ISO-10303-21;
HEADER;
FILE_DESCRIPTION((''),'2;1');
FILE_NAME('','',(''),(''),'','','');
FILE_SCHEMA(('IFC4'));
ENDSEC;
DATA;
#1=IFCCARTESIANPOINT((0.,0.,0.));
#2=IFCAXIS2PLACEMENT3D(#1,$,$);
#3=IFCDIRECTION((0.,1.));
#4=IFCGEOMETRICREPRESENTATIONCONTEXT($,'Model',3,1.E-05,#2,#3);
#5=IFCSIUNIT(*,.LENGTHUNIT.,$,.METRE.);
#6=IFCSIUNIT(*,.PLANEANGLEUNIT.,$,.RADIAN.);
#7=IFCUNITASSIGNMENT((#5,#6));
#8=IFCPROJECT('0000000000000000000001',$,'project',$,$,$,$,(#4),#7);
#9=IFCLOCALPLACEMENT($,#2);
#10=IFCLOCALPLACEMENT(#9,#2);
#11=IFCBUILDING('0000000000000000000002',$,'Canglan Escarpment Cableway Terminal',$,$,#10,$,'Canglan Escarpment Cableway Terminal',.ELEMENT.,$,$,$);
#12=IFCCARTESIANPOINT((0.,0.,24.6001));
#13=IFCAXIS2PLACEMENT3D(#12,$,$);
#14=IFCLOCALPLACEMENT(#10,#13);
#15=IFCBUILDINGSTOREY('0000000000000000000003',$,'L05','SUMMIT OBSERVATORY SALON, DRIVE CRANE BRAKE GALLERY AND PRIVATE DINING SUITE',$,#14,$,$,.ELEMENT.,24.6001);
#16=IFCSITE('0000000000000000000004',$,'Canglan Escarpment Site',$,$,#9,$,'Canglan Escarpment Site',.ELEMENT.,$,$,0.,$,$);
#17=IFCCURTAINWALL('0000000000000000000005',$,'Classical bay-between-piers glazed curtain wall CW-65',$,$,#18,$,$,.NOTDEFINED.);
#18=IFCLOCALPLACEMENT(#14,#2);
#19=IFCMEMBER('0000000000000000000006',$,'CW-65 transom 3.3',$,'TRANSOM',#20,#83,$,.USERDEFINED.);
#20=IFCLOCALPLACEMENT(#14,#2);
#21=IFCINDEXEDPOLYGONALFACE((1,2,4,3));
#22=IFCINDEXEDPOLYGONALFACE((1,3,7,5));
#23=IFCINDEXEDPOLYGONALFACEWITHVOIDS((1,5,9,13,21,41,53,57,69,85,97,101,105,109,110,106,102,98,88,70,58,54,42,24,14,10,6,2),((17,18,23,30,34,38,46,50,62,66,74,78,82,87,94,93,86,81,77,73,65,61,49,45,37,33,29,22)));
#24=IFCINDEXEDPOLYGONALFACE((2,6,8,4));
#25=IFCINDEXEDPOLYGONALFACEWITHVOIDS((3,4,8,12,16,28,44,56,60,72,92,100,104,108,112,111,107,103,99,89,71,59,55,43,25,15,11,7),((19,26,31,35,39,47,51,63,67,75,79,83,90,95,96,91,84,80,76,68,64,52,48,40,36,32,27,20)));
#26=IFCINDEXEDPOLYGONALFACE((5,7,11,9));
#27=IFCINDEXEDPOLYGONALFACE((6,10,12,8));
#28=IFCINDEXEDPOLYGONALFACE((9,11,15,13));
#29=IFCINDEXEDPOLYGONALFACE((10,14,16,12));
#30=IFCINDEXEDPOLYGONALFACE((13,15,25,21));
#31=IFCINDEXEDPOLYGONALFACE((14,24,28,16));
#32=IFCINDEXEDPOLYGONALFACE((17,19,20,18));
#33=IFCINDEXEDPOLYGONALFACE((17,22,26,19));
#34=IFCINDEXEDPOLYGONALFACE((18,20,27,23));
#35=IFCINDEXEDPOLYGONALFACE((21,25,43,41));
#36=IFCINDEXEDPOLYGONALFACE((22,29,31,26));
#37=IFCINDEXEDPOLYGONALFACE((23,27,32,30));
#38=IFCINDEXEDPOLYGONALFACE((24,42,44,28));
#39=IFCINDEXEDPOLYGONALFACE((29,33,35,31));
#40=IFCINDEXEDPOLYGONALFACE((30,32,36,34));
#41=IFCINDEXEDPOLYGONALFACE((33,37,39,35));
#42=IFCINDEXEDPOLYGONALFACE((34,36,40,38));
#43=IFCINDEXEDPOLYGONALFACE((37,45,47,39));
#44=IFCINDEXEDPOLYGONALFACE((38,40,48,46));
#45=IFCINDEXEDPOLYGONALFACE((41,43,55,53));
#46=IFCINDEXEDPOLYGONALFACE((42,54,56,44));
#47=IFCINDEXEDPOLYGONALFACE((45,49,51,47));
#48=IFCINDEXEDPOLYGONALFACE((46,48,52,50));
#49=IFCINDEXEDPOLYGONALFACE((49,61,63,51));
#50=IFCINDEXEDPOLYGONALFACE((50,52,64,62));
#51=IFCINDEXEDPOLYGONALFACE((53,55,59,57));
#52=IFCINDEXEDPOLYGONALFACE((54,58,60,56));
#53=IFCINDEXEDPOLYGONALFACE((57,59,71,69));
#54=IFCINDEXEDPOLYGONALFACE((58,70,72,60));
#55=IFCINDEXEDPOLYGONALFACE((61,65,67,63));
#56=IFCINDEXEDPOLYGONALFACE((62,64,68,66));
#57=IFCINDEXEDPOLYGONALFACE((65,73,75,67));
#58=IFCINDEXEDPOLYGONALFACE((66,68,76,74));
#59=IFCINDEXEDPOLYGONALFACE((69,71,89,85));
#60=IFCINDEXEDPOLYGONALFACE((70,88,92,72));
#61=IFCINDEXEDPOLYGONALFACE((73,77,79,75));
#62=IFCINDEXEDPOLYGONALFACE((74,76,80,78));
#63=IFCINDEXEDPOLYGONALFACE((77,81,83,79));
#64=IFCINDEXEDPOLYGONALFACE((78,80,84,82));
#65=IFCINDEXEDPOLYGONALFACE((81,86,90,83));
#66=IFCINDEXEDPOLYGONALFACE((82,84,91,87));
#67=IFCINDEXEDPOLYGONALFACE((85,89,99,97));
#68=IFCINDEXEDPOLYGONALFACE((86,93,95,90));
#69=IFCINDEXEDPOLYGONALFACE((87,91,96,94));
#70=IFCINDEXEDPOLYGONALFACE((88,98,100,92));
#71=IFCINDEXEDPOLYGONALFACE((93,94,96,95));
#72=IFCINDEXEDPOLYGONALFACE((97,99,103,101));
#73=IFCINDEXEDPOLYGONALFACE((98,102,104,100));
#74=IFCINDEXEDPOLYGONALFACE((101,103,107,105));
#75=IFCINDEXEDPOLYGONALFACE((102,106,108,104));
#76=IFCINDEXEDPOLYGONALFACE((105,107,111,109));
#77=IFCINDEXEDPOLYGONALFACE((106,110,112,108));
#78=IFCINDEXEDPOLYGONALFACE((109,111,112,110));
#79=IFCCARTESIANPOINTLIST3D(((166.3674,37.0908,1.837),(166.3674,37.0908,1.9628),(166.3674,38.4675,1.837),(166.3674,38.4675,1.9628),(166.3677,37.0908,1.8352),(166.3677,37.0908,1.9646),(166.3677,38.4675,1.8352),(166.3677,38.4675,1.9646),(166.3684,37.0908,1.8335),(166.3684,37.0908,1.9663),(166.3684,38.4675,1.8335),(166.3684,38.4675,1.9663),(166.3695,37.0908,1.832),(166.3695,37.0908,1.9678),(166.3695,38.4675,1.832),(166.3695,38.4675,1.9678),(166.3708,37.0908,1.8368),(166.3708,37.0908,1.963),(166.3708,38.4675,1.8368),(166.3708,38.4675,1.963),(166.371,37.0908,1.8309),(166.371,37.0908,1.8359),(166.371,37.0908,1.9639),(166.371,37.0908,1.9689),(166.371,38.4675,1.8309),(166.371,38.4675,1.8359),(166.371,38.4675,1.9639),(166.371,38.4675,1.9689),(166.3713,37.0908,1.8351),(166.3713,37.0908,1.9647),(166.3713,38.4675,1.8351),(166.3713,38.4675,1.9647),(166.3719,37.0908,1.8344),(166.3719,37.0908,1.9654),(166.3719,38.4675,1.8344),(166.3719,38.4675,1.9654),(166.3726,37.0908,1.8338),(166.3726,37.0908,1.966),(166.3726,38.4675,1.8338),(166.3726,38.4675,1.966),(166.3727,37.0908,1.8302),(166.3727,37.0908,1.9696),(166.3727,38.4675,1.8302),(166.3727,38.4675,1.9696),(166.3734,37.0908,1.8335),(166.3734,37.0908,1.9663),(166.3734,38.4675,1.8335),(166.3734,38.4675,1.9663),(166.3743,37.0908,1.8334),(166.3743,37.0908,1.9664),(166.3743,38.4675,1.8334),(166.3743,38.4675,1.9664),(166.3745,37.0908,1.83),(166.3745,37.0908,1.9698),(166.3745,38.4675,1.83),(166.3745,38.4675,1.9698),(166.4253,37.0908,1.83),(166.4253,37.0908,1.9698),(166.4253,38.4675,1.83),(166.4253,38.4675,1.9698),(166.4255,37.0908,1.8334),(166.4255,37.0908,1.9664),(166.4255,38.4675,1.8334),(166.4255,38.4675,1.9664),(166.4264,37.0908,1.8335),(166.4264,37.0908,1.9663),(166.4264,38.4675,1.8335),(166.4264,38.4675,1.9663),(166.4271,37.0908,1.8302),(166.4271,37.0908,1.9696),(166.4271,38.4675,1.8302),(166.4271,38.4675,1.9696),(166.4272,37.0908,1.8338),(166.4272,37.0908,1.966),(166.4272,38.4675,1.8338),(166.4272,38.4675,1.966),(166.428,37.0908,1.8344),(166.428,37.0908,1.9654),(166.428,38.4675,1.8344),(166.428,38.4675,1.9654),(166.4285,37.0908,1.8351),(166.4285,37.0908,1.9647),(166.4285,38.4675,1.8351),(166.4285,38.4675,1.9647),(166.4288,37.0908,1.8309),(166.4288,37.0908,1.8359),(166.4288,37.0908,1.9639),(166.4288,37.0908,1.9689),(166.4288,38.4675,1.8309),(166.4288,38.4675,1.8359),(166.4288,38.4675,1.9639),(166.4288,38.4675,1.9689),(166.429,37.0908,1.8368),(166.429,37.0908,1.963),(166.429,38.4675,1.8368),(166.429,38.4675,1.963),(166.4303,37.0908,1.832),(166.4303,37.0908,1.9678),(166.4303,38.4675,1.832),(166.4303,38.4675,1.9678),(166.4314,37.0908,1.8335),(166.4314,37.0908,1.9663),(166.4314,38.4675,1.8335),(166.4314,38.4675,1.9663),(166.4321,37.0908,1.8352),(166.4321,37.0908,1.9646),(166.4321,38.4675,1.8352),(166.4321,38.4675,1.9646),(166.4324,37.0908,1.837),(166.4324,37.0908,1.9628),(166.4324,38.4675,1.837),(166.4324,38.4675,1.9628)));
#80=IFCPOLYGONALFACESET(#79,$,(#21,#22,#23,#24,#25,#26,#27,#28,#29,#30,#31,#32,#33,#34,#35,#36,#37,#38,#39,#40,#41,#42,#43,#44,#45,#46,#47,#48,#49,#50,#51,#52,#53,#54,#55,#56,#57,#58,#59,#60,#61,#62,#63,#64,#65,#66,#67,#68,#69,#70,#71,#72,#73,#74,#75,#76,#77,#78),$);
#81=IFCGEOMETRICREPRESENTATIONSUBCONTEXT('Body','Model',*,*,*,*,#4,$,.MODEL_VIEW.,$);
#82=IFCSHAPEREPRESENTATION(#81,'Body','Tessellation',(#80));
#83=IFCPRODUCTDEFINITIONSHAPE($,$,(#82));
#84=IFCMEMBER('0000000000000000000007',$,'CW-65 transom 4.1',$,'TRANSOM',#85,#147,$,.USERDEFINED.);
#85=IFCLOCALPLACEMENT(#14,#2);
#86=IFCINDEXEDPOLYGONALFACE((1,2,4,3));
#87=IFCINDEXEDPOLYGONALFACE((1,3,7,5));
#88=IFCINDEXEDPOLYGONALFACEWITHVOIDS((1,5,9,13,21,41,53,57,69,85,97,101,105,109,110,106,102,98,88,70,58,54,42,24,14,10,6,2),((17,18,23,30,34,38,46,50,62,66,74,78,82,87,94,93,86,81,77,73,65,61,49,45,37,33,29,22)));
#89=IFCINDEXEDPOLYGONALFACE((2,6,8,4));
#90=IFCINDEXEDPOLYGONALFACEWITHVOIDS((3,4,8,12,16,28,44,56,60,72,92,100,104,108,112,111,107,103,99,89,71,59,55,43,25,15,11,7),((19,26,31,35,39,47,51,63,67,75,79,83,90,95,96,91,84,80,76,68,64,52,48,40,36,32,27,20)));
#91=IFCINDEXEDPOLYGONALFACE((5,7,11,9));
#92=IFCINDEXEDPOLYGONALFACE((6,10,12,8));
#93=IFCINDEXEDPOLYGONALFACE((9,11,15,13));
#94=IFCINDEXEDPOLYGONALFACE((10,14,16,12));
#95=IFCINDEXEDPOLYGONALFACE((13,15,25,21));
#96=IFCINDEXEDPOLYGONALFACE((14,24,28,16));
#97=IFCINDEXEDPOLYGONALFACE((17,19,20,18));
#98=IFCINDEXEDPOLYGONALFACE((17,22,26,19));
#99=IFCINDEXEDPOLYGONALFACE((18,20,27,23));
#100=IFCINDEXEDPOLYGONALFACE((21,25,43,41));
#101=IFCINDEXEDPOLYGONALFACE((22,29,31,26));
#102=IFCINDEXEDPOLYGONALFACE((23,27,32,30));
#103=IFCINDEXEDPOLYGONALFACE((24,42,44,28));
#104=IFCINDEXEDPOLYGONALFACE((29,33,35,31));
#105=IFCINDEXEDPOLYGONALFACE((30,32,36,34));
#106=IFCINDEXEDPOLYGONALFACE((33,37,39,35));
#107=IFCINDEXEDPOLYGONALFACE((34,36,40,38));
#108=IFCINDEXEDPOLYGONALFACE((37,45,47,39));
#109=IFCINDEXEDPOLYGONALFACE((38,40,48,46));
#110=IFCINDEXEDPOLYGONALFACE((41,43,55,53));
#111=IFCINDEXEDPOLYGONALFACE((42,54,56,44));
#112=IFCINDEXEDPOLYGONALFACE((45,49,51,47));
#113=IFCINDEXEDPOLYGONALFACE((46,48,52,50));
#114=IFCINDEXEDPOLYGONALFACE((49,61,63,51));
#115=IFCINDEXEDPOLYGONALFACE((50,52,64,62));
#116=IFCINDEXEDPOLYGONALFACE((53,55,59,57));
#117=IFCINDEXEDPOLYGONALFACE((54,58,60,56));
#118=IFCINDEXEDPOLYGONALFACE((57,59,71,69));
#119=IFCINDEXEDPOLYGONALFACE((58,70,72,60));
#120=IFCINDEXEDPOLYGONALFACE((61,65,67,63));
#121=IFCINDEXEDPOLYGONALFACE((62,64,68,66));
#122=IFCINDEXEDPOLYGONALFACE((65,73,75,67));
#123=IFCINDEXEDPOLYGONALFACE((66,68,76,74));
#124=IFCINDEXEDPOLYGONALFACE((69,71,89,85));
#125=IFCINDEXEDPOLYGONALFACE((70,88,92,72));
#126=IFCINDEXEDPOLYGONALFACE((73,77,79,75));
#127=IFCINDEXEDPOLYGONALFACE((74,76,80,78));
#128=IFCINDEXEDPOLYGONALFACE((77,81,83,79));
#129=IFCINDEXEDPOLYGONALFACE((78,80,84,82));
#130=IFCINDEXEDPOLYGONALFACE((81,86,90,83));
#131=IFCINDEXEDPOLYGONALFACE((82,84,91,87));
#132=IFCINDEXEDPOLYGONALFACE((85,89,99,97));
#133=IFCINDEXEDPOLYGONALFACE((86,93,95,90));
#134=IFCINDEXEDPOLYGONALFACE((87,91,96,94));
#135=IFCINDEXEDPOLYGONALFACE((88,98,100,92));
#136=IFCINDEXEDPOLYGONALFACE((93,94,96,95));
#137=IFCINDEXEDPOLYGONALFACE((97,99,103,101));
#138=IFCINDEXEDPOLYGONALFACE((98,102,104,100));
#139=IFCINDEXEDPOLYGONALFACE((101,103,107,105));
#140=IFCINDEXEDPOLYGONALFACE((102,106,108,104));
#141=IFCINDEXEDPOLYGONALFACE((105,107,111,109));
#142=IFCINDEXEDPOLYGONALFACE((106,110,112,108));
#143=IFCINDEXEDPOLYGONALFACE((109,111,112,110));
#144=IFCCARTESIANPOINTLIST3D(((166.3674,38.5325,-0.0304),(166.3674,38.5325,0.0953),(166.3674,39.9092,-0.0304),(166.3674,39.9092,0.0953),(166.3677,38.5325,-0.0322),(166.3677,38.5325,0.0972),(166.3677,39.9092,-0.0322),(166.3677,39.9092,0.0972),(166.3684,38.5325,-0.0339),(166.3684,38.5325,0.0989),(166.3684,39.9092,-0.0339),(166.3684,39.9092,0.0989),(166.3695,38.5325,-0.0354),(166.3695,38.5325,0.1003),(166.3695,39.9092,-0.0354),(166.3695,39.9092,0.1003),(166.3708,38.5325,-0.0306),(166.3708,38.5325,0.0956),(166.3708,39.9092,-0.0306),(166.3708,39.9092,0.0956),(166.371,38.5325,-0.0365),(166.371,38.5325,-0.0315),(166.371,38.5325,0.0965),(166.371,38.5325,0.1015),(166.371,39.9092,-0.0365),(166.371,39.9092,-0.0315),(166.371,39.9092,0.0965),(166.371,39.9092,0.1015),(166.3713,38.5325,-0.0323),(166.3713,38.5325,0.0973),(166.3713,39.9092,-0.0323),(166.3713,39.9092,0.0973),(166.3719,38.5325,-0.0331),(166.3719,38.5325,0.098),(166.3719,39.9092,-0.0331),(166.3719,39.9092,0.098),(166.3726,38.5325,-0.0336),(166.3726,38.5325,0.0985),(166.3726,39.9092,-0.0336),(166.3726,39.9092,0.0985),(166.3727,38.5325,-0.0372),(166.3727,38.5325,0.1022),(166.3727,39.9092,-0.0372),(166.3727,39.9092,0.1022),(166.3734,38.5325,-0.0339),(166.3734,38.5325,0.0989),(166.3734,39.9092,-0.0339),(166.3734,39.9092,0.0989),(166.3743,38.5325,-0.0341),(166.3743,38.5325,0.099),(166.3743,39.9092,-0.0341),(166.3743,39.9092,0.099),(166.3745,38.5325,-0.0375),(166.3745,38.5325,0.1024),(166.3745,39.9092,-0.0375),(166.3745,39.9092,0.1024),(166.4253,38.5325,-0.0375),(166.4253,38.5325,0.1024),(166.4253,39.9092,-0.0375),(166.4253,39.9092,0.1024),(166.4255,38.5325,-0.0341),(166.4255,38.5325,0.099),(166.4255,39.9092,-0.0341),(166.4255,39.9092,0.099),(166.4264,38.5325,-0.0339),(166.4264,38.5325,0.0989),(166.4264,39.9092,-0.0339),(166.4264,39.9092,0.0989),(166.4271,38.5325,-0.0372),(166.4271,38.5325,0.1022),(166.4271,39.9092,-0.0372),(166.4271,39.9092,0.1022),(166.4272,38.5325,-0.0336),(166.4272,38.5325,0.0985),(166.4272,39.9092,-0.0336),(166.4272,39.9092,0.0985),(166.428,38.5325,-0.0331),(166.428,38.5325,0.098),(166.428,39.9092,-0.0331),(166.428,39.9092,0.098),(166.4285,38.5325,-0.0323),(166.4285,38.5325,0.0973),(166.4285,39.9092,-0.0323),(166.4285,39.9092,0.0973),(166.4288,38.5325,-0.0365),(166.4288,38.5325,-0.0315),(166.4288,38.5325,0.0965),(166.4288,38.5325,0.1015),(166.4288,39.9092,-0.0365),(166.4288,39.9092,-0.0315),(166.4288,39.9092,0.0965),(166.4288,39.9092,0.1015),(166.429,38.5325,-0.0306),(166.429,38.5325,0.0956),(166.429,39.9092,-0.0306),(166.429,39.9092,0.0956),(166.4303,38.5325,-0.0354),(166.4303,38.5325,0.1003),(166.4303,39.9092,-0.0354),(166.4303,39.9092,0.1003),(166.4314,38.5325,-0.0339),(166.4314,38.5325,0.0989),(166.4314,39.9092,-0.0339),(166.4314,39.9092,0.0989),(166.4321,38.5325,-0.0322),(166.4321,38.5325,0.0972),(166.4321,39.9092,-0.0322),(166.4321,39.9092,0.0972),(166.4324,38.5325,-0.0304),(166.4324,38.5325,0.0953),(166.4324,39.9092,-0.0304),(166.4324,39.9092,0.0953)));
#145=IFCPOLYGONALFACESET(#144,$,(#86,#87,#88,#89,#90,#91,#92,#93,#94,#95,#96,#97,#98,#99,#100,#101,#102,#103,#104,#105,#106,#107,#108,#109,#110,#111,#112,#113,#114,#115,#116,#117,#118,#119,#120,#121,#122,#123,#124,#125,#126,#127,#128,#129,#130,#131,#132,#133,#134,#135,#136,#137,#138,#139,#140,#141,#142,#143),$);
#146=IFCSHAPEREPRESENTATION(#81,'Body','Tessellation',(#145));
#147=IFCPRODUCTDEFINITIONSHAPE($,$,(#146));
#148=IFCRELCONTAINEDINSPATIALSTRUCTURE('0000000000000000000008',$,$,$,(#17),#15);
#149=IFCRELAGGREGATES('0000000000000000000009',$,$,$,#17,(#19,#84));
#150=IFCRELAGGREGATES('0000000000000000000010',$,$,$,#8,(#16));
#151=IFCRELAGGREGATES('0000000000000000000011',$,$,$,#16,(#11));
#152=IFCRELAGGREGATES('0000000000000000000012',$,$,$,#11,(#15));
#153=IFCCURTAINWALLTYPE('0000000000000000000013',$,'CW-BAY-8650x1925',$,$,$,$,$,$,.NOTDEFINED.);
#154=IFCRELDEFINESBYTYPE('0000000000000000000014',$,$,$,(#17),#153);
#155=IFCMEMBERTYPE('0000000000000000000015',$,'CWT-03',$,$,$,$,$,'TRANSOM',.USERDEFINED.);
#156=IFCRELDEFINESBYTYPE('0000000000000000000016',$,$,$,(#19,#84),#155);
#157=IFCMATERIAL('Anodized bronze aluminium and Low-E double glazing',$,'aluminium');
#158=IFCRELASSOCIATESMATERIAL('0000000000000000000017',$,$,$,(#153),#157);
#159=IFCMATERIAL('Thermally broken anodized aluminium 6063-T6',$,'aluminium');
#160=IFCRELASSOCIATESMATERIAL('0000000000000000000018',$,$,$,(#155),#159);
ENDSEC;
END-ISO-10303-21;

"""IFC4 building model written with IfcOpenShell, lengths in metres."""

from ifc_helpers import new_model, si_unit, direction, frame, origin, origin_2d, place, context, subcontext, project, spatial, hollow_rectangle, extrude, material, material_profile, profile_set, type_object, element, aggregate, save


model = new_model("IFC4")

# Units and contexts
model_context = context("Model", 3, precision=1e-05, world=origin(), true_north=direction((0.0, 1.0)))
body_context = subcontext(model_context, "Body", "Model", "MODEL_VIEW")
ifc_project = project(units=[si_unit("LENGTHUNIT", "METRE"), si_unit("PLANEANGLEUNIT", "RADIAN")], contexts=[model_context])

# Site, building, storey
site_placement = place(None, origin())
site = spatial("IfcSite", under=ifc_project, at=site_placement, Name="Canglan Escarpment Site", LongName="Canglan Escarpment Site", CompositionType="ELEMENT", RefElevation=0.0)
building_placement = place(site_placement, origin())
building = spatial("IfcBuilding", under=site, at=building_placement, Name="Canglan Escarpment Cableway Terminal", LongName="Canglan Escarpment Cableway Terminal", CompositionType="ELEMENT")
storey_placement = place(building_placement, frame((0.0, 0.0, 24.6001)))
storey = spatial("IfcBuildingStorey", under=building, at=storey_placement, Name="L05", Description="SUMMIT OBSERVATORY SALON, DRIVE CRANE BRAKE GALLERY AND PRIVATE DINING SUITE", CompositionType="ELEMENT", Elevation=24.6001)

# Curtain wall, members
ifc_material_1 = material(Name="Anodized bronze aluminium and Low-E double glazing", Category="aluminium")
curtain_wall_type = type_object("IfcCurtainWallType", Name="CW-BAY-8650x1925", PredefinedType="NOTDEFINED", material=ifc_material_1)
curtain_wall_placement = place(storey_placement, origin())
curtain_wall = element("IfcCurtainWall", 1, at=curtain_wall_placement, inside=storey, type_object=curtain_wall_type, Name="Classical bay-between-piers glazed curtain wall CW-65", PredefinedType="NOTDEFINED")
ifc_material_2 = material(Name="Thermally broken anodized aluminium 6063-T6", Category="aluminium")
ifc_material_profile_1 = material_profile(ifc_material_2, hollow_rectangle(XDim=0.0649, YDim=0.1399, WallThickness=0.0034, InnerFilletRadius=0.0034, OuterFilletRadius=0.0071, at=origin_2d()), Name="ALU-TRAN 65x140x3.5")
ifc_profile_set_1 = profile_set([ifc_material_profile_1], Name="Thermally broken anodized aluminium 6063-T6")
member_type_1 = type_object("IfcMemberType", Name="CWT-03", ElementType="TRANSOM", PredefinedType="USERDEFINED", material=ifc_profile_set_1)
member_1_placement = place(storey_placement, frame((166.3999, 37.0908, 1.8999), z_axis=(0.0, 1.0, 0.0), x_axis=(-1.0, 0.0, 0.0)))
member_1 = element("IfcMember", 2, at=member_1_placement, type_object=member_type_1, Name="CW-65 transom 3.3", ObjectType="TRANSOM", PredefinedType="USERDEFINED", context=body_context, shape_type="SweptSolid", body=[
    extrude(hollow_rectangle(XDim=0.0649, YDim=0.1399, WallThickness=0.0034, InnerFilletRadius=0.0034, OuterFilletRadius=0.0071, at=origin_2d()), origin(), (0.0, 0.0, 1.0), 1.3767),
])
member_2_placement = place(storey_placement, frame((166.3999, 38.5325, 0.0325), z_axis=(0.0, 1.0, 0.0), x_axis=(-1.0, 0.0, 0.0)))
member_2 = element("IfcMember", 3, at=member_2_placement, type_object=member_type_1, Name="CW-65 transom 4.1", ObjectType="TRANSOM", PredefinedType="USERDEFINED", context=body_context, shape_type="SweptSolid", body=[
    extrude(hollow_rectangle(XDim=0.0649, YDim=0.1399, WallThickness=0.0034, InnerFilletRadius=0.0034, OuterFilletRadius=0.0071, at=origin_2d()), origin(), (0.0, 0.0, 1.0), 1.3767),
])
aggregate(curtain_wall, [member_1, member_2])

save(model, "model.ifc")
